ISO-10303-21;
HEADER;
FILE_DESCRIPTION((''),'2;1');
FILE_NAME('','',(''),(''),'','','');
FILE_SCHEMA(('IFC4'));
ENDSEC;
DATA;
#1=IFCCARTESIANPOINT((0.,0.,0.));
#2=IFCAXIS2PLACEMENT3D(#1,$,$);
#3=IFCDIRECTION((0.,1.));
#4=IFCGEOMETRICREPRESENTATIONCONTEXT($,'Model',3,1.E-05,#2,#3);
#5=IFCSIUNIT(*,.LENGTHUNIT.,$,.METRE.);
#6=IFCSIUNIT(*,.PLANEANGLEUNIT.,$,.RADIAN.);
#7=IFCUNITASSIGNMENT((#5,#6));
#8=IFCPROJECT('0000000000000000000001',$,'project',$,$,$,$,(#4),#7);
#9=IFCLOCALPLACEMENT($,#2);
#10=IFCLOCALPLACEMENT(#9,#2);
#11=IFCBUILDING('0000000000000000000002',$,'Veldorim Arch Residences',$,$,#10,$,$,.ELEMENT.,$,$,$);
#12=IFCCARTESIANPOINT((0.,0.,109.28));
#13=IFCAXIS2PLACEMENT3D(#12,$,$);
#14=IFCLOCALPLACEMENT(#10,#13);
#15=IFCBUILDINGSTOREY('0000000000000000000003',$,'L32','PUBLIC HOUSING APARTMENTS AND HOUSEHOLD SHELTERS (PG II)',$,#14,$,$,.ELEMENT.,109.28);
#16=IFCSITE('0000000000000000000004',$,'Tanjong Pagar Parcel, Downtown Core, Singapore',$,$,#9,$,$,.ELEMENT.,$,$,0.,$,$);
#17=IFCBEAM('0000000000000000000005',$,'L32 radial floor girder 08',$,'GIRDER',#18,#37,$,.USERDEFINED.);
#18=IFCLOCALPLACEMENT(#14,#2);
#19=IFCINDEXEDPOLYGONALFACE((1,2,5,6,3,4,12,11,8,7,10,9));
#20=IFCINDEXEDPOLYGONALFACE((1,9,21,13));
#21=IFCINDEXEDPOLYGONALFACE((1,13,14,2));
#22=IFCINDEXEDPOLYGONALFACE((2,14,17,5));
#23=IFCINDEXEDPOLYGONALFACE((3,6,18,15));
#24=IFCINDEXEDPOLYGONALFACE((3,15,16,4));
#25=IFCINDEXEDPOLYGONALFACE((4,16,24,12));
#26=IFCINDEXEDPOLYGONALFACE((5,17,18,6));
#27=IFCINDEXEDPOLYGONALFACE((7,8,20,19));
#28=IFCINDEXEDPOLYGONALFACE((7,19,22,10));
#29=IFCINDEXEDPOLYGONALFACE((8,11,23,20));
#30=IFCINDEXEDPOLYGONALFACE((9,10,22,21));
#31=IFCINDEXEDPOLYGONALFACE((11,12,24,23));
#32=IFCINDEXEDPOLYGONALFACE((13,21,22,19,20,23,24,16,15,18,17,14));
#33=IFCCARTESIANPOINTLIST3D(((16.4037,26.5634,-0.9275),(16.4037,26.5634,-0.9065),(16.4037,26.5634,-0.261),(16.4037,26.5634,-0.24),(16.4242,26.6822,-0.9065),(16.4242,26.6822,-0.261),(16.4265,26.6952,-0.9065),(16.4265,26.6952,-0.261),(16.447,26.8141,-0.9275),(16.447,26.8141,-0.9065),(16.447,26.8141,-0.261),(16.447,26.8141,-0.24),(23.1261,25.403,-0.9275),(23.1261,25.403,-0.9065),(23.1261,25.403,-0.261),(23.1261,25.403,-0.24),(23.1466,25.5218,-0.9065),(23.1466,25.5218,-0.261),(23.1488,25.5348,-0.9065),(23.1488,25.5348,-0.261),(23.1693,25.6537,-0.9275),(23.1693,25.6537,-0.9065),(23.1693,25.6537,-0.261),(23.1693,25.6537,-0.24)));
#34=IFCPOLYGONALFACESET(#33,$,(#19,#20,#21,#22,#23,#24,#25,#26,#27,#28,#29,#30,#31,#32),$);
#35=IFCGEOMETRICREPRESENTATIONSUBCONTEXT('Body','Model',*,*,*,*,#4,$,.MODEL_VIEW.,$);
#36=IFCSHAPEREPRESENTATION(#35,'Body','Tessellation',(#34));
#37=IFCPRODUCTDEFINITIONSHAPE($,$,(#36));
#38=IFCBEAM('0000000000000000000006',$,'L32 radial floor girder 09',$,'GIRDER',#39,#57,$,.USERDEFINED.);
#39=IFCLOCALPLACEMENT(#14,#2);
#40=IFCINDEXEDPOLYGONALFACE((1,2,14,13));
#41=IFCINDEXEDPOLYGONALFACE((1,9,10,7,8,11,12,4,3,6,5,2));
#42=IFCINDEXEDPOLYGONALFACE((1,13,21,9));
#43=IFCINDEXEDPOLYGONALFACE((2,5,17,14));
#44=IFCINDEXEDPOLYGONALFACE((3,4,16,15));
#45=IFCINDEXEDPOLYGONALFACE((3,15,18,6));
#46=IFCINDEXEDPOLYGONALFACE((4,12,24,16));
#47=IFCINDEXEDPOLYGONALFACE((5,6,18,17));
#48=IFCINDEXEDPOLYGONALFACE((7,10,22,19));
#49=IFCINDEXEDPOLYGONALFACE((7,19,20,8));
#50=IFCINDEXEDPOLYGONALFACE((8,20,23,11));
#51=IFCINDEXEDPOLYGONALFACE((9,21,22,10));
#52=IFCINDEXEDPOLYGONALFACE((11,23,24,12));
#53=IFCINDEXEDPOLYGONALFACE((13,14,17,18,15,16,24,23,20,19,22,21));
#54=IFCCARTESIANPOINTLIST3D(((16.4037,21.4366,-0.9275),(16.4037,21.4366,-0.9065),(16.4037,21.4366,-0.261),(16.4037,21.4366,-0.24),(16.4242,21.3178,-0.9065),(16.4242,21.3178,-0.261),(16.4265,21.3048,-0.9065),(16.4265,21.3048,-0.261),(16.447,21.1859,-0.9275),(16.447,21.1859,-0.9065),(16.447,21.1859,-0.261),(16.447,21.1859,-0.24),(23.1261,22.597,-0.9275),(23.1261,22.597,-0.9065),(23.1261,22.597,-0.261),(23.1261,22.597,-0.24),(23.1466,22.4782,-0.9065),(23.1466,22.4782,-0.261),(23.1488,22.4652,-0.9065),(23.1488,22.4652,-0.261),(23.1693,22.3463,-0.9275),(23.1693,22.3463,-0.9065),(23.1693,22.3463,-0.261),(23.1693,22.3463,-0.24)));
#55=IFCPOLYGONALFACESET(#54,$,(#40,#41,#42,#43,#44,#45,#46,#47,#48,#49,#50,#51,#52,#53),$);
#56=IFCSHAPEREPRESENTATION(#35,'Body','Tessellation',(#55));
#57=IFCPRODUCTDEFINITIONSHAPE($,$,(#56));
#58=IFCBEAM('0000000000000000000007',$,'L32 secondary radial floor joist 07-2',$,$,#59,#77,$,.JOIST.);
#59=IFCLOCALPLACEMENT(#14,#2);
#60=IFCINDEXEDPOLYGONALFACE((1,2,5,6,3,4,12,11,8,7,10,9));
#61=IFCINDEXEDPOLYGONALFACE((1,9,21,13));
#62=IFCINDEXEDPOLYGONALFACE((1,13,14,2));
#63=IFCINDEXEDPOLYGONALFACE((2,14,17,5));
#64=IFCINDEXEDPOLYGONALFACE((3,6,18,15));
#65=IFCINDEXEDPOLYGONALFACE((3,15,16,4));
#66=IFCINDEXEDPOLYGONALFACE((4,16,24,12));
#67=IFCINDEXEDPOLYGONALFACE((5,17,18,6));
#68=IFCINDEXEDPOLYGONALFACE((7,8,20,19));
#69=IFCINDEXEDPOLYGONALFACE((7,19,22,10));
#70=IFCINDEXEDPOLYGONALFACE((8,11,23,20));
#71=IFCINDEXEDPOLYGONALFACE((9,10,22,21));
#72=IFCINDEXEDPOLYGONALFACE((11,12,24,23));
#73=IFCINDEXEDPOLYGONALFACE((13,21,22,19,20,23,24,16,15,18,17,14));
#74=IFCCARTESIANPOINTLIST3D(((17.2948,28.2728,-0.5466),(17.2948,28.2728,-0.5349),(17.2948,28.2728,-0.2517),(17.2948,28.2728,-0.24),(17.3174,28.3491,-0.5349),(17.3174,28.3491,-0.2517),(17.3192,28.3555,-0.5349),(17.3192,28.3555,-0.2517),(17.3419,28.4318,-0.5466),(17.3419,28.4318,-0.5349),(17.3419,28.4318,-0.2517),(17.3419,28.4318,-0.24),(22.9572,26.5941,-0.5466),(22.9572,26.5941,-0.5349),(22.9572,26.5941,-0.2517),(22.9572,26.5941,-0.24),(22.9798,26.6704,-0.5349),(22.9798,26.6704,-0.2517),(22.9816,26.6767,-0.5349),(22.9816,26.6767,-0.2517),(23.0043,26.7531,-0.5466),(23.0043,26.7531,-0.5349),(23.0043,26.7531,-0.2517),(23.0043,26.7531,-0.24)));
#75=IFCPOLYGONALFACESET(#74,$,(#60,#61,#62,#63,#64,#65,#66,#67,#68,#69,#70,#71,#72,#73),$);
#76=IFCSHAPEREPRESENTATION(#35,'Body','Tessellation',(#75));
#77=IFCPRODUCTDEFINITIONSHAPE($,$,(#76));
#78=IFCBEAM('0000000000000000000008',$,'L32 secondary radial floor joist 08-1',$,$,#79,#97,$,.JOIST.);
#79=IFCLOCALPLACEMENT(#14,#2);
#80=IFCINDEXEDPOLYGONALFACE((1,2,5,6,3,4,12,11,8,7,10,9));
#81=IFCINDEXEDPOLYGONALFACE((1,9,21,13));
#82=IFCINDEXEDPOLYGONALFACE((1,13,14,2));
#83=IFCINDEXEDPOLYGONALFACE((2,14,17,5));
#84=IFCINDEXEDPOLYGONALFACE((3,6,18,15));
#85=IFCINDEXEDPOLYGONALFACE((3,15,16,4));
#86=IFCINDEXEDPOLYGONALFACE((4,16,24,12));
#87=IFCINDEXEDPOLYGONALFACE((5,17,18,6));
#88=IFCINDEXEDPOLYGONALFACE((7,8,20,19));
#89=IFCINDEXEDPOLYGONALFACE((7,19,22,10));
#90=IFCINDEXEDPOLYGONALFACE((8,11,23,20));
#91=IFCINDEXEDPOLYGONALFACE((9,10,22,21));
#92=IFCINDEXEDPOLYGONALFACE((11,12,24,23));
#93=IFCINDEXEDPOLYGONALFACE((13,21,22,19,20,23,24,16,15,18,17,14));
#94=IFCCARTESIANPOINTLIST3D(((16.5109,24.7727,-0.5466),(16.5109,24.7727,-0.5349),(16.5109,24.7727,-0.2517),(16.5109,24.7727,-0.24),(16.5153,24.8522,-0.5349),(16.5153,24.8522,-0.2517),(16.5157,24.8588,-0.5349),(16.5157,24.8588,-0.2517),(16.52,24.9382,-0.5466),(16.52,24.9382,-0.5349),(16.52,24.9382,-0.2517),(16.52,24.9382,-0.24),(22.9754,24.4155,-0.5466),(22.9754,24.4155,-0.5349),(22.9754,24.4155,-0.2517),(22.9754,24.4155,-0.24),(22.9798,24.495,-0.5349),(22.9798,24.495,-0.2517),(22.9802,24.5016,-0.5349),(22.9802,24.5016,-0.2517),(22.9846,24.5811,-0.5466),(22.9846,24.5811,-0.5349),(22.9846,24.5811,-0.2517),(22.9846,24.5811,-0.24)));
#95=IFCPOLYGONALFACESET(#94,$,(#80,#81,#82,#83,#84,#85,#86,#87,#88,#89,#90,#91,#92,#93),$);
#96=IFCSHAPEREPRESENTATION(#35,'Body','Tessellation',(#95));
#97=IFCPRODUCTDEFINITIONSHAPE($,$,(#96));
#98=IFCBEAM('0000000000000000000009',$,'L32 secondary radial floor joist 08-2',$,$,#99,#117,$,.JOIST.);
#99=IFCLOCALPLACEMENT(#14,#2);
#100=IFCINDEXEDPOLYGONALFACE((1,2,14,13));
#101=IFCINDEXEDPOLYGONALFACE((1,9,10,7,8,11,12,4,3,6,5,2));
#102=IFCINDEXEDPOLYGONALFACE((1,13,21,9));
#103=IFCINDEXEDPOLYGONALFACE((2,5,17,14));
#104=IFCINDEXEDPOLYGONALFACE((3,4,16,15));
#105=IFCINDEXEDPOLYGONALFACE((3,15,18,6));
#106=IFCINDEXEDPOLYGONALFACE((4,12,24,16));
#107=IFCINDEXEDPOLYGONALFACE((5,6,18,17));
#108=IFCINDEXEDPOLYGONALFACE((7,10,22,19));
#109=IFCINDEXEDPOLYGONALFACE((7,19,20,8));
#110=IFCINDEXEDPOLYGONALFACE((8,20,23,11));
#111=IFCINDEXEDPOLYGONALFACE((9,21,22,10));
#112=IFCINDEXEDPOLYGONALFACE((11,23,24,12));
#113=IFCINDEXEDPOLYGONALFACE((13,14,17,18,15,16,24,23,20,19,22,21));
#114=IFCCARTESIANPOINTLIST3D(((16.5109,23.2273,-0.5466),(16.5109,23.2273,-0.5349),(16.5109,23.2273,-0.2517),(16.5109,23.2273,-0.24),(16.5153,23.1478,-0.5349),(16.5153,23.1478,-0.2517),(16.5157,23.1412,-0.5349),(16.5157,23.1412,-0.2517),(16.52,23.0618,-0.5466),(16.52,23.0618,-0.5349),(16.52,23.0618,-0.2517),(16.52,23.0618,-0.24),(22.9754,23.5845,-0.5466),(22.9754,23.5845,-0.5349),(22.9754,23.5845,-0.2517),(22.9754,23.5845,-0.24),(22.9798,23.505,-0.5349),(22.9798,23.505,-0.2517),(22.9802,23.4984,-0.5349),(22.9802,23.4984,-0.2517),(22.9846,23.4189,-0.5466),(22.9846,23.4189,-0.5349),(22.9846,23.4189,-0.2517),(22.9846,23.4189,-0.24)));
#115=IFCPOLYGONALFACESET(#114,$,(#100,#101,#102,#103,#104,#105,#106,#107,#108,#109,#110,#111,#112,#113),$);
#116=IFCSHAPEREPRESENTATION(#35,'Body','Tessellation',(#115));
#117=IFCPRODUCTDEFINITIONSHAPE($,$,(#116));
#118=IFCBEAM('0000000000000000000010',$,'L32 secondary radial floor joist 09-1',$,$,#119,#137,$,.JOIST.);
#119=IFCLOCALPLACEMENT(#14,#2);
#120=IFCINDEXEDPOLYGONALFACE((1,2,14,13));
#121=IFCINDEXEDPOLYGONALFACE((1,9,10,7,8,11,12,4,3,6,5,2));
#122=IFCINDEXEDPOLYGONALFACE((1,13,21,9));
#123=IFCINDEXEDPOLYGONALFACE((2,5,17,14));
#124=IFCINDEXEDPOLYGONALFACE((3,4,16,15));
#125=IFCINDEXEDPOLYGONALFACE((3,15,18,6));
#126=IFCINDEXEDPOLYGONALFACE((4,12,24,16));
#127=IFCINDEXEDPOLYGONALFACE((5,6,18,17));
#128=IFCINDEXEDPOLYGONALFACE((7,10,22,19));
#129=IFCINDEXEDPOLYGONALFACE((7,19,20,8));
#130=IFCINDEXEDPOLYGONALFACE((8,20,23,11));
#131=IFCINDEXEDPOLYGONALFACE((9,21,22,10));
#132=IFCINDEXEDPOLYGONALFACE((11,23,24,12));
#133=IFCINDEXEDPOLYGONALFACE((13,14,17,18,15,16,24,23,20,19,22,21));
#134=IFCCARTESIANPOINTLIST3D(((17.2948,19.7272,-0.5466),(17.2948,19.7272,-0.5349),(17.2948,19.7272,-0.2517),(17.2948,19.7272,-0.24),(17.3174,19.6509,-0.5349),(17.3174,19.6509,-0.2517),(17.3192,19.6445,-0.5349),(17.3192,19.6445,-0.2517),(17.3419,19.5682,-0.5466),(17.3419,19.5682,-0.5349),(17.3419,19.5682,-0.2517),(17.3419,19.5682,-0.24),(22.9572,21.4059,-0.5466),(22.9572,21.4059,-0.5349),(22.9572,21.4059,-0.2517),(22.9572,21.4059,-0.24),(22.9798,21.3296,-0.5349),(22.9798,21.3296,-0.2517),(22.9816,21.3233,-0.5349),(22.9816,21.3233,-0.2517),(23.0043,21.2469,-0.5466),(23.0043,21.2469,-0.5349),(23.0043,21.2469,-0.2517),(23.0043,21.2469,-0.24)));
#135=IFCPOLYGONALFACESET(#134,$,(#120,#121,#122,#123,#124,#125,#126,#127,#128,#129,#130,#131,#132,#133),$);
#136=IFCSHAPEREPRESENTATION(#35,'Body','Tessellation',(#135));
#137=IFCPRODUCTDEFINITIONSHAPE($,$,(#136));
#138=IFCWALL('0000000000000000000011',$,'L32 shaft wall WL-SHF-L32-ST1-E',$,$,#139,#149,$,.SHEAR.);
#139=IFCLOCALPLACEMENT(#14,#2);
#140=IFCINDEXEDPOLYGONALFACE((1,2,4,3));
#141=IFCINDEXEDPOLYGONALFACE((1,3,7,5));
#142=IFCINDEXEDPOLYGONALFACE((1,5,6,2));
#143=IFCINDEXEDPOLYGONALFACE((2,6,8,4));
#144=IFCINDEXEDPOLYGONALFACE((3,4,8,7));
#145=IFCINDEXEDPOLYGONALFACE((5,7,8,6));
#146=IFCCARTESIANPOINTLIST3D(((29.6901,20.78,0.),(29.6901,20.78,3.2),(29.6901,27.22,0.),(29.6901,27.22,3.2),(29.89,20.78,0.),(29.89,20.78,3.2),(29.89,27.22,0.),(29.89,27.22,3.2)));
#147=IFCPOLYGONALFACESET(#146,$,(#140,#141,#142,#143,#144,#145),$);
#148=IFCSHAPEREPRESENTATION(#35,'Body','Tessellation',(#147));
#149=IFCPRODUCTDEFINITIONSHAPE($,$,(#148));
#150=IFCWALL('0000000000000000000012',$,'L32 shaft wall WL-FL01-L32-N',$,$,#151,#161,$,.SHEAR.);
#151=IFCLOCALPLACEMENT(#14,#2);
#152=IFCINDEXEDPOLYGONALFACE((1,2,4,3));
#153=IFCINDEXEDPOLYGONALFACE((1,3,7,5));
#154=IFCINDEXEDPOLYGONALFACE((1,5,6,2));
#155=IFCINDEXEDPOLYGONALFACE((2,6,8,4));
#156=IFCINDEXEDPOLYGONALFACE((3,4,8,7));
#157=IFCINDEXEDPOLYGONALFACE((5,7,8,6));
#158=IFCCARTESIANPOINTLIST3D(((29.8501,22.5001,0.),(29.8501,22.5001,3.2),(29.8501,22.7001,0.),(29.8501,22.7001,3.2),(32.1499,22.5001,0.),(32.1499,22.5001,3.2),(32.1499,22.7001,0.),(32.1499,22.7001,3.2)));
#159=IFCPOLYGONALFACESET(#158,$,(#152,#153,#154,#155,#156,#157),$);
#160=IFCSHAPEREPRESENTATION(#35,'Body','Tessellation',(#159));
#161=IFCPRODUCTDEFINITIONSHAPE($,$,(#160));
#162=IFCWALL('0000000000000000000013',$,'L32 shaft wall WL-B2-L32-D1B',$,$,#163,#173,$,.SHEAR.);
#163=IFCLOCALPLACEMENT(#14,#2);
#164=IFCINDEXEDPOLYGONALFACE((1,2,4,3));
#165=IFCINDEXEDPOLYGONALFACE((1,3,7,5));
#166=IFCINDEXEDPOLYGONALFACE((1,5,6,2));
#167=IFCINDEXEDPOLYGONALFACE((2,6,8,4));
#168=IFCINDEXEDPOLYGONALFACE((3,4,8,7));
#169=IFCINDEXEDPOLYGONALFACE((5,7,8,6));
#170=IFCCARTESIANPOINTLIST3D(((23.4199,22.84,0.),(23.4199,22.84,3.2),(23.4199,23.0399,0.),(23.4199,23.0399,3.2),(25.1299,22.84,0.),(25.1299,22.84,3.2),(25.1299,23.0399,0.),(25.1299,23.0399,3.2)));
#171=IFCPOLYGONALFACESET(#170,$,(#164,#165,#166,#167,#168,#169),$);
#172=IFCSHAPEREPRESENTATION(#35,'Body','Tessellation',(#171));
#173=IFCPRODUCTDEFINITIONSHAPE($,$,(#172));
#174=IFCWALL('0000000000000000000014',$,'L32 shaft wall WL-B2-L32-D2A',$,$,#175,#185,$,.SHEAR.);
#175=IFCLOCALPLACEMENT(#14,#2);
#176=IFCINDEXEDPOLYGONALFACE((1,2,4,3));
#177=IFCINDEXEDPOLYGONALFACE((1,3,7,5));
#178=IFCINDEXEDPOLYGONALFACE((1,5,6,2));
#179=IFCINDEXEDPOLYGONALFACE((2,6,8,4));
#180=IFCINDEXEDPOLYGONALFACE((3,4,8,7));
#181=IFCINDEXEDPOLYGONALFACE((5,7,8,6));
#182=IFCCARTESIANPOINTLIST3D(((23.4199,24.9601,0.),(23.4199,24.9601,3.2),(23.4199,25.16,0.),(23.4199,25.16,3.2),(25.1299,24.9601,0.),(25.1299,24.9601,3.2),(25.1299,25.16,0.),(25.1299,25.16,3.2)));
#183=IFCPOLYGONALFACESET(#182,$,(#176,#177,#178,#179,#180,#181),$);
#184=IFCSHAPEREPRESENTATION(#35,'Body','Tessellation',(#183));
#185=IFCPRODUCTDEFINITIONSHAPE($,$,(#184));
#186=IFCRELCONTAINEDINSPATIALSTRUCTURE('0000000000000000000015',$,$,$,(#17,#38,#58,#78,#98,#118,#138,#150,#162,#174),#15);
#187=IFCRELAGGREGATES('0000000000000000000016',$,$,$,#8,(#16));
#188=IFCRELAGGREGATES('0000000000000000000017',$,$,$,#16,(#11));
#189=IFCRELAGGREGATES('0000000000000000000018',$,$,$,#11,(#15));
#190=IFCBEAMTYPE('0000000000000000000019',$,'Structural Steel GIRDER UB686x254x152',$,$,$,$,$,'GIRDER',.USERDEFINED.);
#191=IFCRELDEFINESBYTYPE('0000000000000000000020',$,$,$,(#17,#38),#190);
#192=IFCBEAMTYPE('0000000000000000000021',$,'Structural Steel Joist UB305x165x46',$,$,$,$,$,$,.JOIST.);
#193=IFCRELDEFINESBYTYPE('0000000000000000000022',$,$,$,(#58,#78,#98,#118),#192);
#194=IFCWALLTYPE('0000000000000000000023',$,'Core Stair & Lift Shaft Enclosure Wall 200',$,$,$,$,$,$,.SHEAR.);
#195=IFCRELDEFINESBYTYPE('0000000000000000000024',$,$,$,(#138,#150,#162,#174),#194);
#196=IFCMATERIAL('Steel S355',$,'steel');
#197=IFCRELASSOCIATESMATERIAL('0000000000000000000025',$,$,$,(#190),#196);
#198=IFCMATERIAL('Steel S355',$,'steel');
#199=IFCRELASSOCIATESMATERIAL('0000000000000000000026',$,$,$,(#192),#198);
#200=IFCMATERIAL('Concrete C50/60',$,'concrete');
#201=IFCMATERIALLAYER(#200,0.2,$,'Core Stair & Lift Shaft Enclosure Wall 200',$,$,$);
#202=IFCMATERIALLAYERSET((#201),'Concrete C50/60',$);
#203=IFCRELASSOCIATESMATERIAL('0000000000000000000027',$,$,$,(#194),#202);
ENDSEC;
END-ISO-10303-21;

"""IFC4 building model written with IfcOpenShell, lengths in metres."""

from ifc_helpers import new_model, si_unit, direction, frame, frame_2d, origin, origin_2d, place, context, subcontext, project, spatial, rectangle, i_section, extrude, material, layer, layer_set, material_profile, profile_set, type_object, element, save


model = new_model("IFC4")

# Units and contexts
model_context = context("Model", 3, precision=1e-05, world=origin(), true_north=direction((0.0, 1.0)))
body_context = subcontext(model_context, "Body", "Model", "MODEL_VIEW")
ifc_project = project(units=[si_unit("LENGTHUNIT", "METRE"), si_unit("PLANEANGLEUNIT", "RADIAN")], contexts=[model_context])

# Site, building, storey
site_placement = place(None, origin())
site = spatial("IfcSite", under=ifc_project, at=site_placement, Name="Tanjong Pagar Parcel, Downtown Core, Singapore", CompositionType="ELEMENT", RefElevation=0.0)
building_placement = place(site_placement, origin())
building = spatial("IfcBuilding", under=site, at=building_placement, Name="Veldorim Arch Residences", CompositionType="ELEMENT")
storey_placement = place(building_placement, frame((0.0, 0.0, 109.28)))
storey = spatial("IfcBuildingStorey", under=building, at=storey_placement, Name="L32", Description="PUBLIC HOUSING APARTMENTS AND HOUSEHOLD SHELTERS (PG II)", CompositionType="ELEMENT", Elevation=109.28)

# Beams
ifc_material_1 = material(Name="Steel S355", Category="steel")
ifc_material_profile_1 = material_profile(ifc_material_1, i_section(OverallWidth=0.2544, OverallDepth=0.6875, WebThickness=0.0132, FlangeThickness=0.021, at=origin_2d()), Name="UB686x254x152")
ifc_profile_set_1 = profile_set([ifc_material_profile_1], Name="Steel S355")
beam_type_1 = type_object("IfcBeamType", Name="Structural Steel GIRDER UB686x254x152", ElementType="GIRDER", PredefinedType="USERDEFINED", material=ifc_profile_set_1)
for number, where, z_axis, x_axis, name in (
    (1, (23.1477, 25.5283, -0.5837), (-0.985427, 0.170101, 0.0), (-0.170101, -0.985427, 0.0), "L32 radial floor girder 08"),
    (2, (23.1477, 22.4717, -0.5837), (-0.985427, -0.170101, 0.0), (0.170101, -0.985427, 0.0), "L32 radial floor girder 09"),
):
    element("IfcBeam", number, at=place(storey_placement, frame(where, z_axis=z_axis, x_axis=x_axis)), inside=storey, type_object=beam_type_1, Name=name, ObjectType="GIRDER", PredefinedType="USERDEFINED", context=body_context, shape_type="SweptSolid", body=[
        extrude(i_section(OverallWidth=0.2544, OverallDepth=0.6875, WebThickness=0.0132, FlangeThickness=0.021, at=origin_2d()), origin(), (0.0, 0.0, 1.0), 6.8218),
    ])
ifc_material_2 = material(Name="Steel S355", Category="steel")
ifc_material_profile_2 = material_profile(ifc_material_2, i_section(OverallWidth=0.1658, OverallDepth=0.3066, WebThickness=0.0066, FlangeThickness=0.0117, at=origin_2d()), Name="UB305x165x46")
ifc_profile_set_2 = profile_set([ifc_material_profile_2], Name="Steel S355")
beam_type_2 = type_object("IfcBeamType", Name="Structural Steel Joist UB305x165x46", PredefinedType="JOIST", material=ifc_profile_set_2)
beam_1_placement = place(storey_placement, frame((22.9807, 26.6736, -0.3933), z_axis=(-0.958753, 0.28424, 0.0), x_axis=(-0.28424, -0.958753, 0.0)))
element("IfcBeam", 3, at=beam_1_placement, inside=storey, type_object=beam_type_2, Name="L32 secondary radial floor joist 07-2", PredefinedType="JOIST", context=body_context, shape_type="SweptSolid", body=[
    extrude(i_section(OverallWidth=0.1658, OverallDepth=0.3066, WebThickness=0.0066, FlangeThickness=0.0117, at=origin_2d()), origin(), (0.0, 0.0, 1.0), 5.906),
])
for number, where, z_axis, x_axis, name in (
    (4, (22.98, 24.4983, -0.3933), (-0.998477, 0.055167, 0.0), (-0.055167, -0.998477, 0.0), "L32 secondary radial floor joist 08-1"),
    (5, (22.98, 23.5017, -0.3933), (-0.998477, -0.055167, 0.0), (0.055167, -0.998477, 0.0), "L32 secondary radial floor joist 08-2"),
):
    element("IfcBeam", number, at=place(storey_placement, frame(where, z_axis=z_axis, x_axis=x_axis)), inside=storey, type_object=beam_type_2, Name=name, PredefinedType="JOIST", context=body_context, shape_type="SweptSolid", body=[
        extrude(i_section(OverallWidth=0.1658, OverallDepth=0.3066, WebThickness=0.0066, FlangeThickness=0.0117, at=origin_2d()), origin(), (0.0, 0.0, 1.0), 6.4744),
    ])
beam_2_placement = place(storey_placement, frame((22.9807, 21.3264, -0.3933), z_axis=(-0.958753, -0.28424, 0.0), x_axis=(0.28424, -0.958753, 0.0)))
element("IfcBeam", 6, at=beam_2_placement, inside=storey, type_object=beam_type_2, Name="L32 secondary radial floor joist 09-1", PredefinedType="JOIST", context=body_context, shape_type="SweptSolid", body=[
    extrude(i_section(OverallWidth=0.1658, OverallDepth=0.3066, WebThickness=0.0066, FlangeThickness=0.0117, at=origin_2d()), origin(), (0.0, 0.0, 1.0), 5.906),
])

# Walls
ifc_material_3 = material(Name="Concrete C50/60", Category="concrete")
ifc_layer_1 = layer(ifc_material_3, 0.2, Name="Core Stair & Lift Shaft Enclosure Wall 200")
ifc_layer_set_1 = layer_set([ifc_layer_1], Name="Concrete C50/60")
wall_type_1 = type_object("IfcWallType", Name="Core Stair & Lift Shaft Enclosure Wall 200", PredefinedType="SHEAR", material=ifc_layer_set_1)
wall_1_placement = place(storey_placement, frame((29.79, 20.78, 0.0), z_axis=(0.0, 0.0, 1.0), x_axis=(0.0, 1.0, 0.0)))
element("IfcWall", 7, at=wall_1_placement, inside=storey, type_object=wall_type_1, Name="L32 shaft wall WL-SHF-L32-ST1-E", PredefinedType="SHEAR", context=body_context, shape_type="SweptSolid", body=[
    extrude(rectangle(XDim=6.4399, YDim=0.2, at=frame_2d((3.22, 0.0))), origin(), (0.0, 0.0, 1.0), 3.2),
])
wall_2_placement = place(storey_placement, frame((29.8501, 22.6001, 0.0), z_axis=(0.0, 0.0, 1.0), x_axis=(1.0, 0.0, 0.0)))
element("IfcWall", 8, at=wall_2_placement, inside=storey, type_object=wall_type_1, Name="L32 shaft wall WL-FL01-L32-N", PredefinedType="SHEAR", context=body_context, shape_type="SweptSolid", body=[
    extrude(rectangle(XDim=2.2998, YDim=0.2, at=frame_2d((1.1499, 0.0))), origin(), (0.0, 0.0, 1.0), 3.2),
])
for number, where, z_axis, x_axis, name in (
    (9, (23.4199, 22.9399, 0.0), (0.0, 0.0, 1.0), (1.0, 0.0, 0.0), "L32 shaft wall WL-B2-L32-D1B"),
    (10, (23.4199, 25.0601, 0.0), (0.0, 0.0, 1.0), (1.0, 0.0, 0.0), "L32 shaft wall WL-B2-L32-D2A"),
):
    element("IfcWall", number, at=place(storey_placement, frame(where, z_axis=z_axis, x_axis=x_axis)), inside=storey, type_object=wall_type_1, Name=name, PredefinedType="SHEAR", context=body_context, shape_type="SweptSolid", body=[
        extrude(rectangle(XDim=1.71, YDim=0.2, at=frame_2d((0.855, 0.0))), origin(), (0.0, 0.0, 1.0), 3.2),
    ])

save(model, "model.ifc")
